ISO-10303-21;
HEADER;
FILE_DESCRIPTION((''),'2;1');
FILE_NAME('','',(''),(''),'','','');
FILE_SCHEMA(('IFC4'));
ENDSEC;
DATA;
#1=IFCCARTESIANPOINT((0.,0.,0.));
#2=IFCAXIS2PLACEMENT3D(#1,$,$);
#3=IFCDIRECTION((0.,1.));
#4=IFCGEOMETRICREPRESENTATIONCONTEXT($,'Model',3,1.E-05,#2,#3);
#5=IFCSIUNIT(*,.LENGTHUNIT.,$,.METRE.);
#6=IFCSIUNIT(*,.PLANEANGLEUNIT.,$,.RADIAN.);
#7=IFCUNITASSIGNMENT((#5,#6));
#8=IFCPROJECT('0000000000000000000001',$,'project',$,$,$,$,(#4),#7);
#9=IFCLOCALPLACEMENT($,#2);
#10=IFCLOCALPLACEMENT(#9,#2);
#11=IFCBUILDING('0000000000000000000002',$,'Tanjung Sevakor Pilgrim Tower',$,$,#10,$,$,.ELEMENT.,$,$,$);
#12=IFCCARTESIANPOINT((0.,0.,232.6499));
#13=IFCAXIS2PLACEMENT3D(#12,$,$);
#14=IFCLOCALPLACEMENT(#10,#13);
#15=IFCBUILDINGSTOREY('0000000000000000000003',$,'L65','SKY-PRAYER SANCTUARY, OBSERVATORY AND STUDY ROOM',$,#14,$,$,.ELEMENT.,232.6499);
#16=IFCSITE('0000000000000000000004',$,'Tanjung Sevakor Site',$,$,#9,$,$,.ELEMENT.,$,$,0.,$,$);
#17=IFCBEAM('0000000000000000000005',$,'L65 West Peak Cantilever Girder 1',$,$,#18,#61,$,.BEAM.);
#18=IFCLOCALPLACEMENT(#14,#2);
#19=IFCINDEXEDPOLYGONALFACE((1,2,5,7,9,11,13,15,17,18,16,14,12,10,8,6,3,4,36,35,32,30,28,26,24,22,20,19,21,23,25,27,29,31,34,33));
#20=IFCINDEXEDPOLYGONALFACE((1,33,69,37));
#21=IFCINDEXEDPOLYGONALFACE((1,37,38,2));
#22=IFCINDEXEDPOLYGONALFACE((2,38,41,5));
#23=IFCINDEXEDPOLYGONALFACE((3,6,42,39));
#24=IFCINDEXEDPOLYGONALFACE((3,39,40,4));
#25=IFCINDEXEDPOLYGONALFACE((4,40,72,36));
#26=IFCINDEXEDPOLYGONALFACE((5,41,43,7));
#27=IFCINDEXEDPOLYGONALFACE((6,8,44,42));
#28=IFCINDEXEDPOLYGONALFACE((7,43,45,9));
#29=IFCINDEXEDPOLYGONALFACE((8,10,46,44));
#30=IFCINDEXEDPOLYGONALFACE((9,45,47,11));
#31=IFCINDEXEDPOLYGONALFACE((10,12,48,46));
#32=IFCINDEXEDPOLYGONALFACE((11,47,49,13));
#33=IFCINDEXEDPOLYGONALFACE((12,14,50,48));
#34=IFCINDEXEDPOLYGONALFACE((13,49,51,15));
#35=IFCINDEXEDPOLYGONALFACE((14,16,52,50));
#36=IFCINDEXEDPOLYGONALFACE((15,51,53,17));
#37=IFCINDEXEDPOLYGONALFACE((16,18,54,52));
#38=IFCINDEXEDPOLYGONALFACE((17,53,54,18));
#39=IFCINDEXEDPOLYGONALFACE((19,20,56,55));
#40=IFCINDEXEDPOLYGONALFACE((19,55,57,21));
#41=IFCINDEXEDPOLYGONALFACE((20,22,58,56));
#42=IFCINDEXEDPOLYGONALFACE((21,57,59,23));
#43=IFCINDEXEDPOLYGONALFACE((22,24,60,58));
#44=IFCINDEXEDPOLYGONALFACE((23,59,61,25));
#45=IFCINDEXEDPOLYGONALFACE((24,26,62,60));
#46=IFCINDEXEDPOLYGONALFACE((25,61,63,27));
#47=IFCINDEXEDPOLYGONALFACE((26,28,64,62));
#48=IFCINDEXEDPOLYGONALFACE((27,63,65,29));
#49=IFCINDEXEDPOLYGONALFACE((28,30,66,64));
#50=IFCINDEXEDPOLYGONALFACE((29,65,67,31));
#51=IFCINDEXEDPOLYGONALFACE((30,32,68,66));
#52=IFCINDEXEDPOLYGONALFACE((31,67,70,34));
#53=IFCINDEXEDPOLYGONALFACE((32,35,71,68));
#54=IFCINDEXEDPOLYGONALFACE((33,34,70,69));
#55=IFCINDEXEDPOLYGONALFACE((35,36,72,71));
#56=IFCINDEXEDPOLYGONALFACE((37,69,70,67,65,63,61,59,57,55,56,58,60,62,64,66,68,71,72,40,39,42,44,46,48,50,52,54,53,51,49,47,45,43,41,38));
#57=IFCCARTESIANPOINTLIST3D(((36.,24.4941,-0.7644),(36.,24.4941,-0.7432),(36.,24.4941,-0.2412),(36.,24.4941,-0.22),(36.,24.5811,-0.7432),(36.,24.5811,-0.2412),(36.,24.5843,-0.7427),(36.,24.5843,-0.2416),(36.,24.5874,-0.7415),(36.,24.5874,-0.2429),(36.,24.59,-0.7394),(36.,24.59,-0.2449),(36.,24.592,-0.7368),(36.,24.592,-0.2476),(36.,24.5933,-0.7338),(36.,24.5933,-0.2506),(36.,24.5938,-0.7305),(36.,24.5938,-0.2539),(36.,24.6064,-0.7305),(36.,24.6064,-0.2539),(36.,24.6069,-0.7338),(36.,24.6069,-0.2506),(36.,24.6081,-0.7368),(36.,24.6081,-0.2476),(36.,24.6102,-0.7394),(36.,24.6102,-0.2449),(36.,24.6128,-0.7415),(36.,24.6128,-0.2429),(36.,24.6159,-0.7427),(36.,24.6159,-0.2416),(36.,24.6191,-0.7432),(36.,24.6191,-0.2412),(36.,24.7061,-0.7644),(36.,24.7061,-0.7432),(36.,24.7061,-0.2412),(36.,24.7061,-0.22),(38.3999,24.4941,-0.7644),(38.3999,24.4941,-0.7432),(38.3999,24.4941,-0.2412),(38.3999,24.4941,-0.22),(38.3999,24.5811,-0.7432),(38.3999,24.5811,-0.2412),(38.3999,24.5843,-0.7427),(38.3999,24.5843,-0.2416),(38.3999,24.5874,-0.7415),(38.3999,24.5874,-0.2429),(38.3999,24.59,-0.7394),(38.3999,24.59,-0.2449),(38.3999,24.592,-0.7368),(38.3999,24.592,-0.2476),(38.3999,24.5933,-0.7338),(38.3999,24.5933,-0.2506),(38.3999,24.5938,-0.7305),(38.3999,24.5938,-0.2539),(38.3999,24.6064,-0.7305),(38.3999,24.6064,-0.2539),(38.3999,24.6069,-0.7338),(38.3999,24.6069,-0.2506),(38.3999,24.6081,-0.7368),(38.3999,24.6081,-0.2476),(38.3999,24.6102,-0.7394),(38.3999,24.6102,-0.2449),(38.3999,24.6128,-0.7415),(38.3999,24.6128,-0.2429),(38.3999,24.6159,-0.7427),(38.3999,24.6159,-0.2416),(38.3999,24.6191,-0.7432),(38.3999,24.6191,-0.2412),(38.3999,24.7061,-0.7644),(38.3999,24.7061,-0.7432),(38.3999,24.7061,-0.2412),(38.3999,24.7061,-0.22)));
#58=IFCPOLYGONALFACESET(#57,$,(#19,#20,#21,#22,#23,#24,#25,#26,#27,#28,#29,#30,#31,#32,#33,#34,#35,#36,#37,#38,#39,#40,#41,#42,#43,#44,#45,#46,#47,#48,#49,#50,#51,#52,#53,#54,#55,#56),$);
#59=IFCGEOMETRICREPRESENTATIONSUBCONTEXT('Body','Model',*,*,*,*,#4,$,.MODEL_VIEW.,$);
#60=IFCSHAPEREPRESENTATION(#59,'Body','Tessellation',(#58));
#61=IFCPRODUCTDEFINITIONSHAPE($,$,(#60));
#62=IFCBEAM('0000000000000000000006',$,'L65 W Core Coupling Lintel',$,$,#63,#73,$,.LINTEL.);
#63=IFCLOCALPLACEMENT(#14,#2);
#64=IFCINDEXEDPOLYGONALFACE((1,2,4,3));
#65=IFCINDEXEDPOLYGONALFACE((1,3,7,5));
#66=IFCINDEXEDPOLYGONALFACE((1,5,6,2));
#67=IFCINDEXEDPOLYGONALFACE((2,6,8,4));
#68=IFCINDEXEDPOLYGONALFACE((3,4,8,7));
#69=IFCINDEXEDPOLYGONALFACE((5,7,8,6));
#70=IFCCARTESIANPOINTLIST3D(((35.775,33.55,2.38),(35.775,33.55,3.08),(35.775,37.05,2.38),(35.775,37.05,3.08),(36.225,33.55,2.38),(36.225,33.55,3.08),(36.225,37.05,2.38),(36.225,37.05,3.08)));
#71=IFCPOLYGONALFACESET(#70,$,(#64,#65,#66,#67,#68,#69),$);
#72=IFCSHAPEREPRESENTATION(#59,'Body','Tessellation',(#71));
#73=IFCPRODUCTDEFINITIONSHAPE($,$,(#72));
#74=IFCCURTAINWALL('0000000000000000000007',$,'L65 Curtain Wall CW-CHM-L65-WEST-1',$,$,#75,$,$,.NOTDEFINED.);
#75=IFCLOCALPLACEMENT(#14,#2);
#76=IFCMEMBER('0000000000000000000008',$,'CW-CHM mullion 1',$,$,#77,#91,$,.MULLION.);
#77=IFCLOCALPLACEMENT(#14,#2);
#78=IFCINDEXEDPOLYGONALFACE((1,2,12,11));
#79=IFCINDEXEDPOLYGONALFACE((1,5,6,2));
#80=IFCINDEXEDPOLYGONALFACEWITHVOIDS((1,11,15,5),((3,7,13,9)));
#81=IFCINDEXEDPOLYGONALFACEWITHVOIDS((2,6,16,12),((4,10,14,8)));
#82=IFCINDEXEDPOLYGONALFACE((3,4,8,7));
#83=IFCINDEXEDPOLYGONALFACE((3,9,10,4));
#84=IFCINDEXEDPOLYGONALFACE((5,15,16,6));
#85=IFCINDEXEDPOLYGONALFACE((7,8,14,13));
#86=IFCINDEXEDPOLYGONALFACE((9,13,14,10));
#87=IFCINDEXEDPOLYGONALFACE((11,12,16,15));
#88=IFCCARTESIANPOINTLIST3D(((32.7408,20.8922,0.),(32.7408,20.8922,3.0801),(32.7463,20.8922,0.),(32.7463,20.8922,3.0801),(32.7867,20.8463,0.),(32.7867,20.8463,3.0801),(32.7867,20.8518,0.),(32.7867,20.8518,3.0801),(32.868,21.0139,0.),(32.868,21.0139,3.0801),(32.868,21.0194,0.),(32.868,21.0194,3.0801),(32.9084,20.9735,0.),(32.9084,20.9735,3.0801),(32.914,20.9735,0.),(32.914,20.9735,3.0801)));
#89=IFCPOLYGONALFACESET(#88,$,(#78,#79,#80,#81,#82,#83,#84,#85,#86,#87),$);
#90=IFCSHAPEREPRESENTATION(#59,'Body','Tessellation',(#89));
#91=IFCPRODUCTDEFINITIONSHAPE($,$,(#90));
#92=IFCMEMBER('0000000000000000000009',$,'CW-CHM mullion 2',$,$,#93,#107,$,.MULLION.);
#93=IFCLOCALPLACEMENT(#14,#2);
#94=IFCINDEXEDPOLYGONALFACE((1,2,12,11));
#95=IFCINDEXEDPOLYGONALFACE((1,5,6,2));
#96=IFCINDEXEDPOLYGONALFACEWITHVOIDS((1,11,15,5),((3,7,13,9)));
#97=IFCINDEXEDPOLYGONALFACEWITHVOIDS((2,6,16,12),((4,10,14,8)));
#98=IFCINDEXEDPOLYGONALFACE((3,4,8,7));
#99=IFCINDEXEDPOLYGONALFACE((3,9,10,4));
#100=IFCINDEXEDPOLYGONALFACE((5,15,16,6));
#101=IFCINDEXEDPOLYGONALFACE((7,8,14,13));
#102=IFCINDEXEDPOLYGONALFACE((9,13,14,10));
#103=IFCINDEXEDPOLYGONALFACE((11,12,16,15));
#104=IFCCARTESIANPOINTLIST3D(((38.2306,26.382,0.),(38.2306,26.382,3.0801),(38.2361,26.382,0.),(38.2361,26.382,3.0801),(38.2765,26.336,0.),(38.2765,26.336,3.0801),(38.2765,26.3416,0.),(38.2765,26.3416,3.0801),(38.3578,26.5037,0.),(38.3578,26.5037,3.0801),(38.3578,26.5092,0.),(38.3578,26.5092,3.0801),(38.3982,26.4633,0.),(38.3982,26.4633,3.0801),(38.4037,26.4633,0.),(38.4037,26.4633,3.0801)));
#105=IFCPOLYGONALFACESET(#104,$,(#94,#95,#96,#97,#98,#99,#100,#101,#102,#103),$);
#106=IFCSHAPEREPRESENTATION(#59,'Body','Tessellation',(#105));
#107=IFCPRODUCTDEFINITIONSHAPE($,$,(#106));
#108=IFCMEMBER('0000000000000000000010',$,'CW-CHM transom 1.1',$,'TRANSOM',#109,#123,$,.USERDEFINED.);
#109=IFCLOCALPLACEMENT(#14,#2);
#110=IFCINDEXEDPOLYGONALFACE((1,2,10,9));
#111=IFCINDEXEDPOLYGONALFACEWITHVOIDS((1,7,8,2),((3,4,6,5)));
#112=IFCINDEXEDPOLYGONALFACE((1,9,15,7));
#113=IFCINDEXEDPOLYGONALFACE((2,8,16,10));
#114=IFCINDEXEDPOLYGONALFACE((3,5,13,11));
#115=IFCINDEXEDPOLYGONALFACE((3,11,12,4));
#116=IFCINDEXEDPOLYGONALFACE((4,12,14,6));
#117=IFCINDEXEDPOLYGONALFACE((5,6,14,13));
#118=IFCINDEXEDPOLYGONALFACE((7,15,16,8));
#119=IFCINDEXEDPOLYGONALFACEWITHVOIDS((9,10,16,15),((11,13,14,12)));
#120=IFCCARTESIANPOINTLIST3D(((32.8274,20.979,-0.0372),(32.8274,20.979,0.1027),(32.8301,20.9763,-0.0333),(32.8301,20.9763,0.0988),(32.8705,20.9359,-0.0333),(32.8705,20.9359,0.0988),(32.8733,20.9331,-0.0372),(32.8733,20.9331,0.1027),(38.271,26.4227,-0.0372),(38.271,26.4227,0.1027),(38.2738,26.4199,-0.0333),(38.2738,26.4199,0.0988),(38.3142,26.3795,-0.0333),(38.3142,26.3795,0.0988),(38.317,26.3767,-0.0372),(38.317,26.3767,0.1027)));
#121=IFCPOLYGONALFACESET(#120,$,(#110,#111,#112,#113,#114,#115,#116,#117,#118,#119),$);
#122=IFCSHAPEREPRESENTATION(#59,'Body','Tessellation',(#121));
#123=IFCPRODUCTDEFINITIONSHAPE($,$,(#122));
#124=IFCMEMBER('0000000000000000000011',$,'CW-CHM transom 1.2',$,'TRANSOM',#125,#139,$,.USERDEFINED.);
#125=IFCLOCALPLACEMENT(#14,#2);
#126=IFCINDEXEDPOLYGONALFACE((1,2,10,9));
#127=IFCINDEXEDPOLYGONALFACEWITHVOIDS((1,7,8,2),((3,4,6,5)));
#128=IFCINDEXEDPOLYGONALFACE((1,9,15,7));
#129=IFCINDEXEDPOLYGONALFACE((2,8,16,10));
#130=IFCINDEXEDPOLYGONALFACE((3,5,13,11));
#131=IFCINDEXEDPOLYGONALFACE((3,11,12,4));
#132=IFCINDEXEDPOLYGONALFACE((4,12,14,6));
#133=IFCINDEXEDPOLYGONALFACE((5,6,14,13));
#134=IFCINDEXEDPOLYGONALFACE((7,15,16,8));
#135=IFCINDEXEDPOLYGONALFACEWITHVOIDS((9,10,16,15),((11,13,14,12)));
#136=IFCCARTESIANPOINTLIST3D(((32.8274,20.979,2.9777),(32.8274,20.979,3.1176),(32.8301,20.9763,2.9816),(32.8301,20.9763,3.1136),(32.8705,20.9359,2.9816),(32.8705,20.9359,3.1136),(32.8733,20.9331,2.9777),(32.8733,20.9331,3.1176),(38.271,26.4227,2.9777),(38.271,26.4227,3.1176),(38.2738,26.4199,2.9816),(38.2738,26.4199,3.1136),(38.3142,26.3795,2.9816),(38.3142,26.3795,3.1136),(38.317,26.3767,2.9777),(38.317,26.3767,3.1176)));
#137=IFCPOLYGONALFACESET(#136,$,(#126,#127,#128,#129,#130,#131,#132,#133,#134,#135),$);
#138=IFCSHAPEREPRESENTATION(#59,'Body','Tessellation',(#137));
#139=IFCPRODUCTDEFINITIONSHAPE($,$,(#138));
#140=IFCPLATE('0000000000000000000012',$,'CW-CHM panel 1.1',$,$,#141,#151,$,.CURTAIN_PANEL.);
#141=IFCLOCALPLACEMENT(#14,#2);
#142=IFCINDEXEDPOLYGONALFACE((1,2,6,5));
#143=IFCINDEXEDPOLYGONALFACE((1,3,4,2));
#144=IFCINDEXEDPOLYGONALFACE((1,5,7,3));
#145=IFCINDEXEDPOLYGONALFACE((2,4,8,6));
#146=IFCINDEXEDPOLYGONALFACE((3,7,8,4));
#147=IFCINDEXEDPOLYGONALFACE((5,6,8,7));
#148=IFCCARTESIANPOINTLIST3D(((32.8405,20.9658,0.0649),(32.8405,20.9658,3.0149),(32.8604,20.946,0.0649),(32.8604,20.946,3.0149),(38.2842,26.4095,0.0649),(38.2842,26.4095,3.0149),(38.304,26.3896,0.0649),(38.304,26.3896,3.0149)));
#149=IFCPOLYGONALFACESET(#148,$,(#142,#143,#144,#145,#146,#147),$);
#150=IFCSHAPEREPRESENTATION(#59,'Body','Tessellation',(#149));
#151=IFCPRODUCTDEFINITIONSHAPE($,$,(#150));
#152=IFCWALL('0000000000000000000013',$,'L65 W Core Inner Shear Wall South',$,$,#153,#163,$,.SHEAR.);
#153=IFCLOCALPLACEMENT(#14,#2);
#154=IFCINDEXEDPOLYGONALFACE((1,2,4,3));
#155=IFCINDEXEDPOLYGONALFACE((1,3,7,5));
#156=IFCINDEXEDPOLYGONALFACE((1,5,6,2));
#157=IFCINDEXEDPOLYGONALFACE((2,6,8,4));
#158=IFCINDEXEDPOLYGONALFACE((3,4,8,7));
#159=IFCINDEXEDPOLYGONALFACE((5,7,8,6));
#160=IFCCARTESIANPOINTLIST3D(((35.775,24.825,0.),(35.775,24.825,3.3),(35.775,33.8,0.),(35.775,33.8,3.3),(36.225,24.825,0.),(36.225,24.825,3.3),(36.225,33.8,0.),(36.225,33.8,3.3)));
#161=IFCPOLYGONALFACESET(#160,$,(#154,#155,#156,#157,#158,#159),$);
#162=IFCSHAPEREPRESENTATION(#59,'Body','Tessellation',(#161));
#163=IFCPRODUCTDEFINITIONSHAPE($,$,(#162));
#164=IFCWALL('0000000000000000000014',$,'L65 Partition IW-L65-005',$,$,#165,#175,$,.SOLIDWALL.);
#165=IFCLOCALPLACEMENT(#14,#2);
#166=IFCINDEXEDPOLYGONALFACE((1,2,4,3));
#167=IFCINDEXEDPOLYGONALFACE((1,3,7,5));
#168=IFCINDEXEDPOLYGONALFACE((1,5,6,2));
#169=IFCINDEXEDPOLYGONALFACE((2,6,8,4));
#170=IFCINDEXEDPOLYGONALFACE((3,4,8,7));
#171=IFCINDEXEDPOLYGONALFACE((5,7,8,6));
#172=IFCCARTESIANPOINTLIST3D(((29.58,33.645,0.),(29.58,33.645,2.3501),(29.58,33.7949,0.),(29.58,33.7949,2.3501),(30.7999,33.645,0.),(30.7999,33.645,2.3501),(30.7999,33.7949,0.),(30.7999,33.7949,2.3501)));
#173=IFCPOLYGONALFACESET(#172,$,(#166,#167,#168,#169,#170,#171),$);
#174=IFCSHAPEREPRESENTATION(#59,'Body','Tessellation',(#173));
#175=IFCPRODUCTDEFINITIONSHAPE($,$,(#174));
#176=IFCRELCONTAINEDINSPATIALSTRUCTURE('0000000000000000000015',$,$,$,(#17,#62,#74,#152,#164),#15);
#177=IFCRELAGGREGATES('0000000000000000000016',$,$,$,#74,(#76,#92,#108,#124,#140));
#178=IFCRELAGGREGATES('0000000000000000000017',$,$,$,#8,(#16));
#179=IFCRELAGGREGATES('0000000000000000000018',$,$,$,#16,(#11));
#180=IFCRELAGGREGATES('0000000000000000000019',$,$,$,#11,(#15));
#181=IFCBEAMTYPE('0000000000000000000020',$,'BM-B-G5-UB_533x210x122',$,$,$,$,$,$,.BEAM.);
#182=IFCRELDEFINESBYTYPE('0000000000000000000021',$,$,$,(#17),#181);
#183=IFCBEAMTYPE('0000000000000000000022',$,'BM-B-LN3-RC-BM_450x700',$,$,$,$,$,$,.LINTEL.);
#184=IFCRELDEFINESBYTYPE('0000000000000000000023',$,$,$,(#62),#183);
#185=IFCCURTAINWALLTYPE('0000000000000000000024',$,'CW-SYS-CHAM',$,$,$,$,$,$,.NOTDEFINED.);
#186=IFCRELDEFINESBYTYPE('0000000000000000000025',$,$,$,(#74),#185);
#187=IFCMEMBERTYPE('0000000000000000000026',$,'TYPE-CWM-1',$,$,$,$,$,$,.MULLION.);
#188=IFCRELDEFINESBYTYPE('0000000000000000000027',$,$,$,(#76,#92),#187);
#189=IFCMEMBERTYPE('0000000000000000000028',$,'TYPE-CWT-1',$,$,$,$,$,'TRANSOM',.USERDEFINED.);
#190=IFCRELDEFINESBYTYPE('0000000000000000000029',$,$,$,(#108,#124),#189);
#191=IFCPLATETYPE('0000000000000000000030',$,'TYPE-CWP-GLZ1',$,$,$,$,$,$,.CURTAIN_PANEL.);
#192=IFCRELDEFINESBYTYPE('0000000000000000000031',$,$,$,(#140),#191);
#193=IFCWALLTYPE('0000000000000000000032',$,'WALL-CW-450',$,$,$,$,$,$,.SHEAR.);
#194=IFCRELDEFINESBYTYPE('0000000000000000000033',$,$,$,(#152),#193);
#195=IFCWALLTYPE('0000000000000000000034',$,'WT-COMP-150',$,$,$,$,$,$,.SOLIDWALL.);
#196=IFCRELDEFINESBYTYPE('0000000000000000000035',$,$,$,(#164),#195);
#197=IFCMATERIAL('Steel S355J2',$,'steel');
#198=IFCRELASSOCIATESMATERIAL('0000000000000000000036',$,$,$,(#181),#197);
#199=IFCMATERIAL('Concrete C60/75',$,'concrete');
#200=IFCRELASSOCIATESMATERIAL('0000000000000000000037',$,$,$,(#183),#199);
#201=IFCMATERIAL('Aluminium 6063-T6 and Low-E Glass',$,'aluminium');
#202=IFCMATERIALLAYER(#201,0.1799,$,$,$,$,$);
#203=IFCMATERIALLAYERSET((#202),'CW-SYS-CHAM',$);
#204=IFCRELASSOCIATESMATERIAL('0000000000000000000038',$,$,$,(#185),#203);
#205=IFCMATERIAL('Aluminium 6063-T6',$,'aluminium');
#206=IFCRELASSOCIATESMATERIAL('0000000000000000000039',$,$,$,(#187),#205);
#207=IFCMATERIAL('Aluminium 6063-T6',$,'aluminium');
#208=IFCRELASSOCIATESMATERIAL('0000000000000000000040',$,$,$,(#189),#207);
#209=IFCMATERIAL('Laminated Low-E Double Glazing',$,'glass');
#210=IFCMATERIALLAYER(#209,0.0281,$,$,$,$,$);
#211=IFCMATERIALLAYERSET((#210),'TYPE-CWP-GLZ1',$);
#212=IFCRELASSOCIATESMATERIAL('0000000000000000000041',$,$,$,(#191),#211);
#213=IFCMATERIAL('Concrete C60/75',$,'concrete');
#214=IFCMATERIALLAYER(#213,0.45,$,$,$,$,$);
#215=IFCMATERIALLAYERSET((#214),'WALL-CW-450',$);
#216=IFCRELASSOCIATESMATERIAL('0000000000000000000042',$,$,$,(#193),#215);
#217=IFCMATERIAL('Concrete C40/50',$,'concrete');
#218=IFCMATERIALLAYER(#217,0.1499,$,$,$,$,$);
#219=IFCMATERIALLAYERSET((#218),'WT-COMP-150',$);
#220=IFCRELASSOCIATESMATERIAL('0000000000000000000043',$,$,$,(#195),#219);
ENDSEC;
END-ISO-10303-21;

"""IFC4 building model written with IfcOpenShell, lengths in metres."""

from ifc_helpers import new_model, si_unit, direction, frame, frame_2d, origin, origin_2d, place, context, subcontext, project, spatial, rectangle, hollow_rectangle, i_section, extrude, material, layer, layer_set, material_profile, profile_set, type_object, element, aggregate, save


model = new_model("IFC4")

# Units and contexts
model_context = context("Model", 3, precision=1e-05, world=origin(), true_north=direction((0.0, 1.0)))
body_context = subcontext(model_context, "Body", "Model", "MODEL_VIEW")
ifc_project = project(units=[si_unit("LENGTHUNIT", "METRE"), si_unit("PLANEANGLEUNIT", "RADIAN")], contexts=[model_context])

# Site, building, storey
site_placement = place(None, origin())
site = spatial("IfcSite", under=ifc_project, at=site_placement, Name="Tanjung Sevakor Site", CompositionType="ELEMENT", RefElevation=0.0)
building_placement = place(site_placement, origin())
building = spatial("IfcBuilding", under=site, at=building_placement, Name="Tanjung Sevakor Pilgrim Tower", CompositionType="ELEMENT")
storey_placement = place(building_placement, frame((0.0, 0.0, 232.6499)))
storey = spatial("IfcBuildingStorey", under=building, at=storey_placement, Name="L65", Description="SKY-PRAYER SANCTUARY, OBSERVATORY AND STUDY ROOM", CompositionType="ELEMENT", Elevation=232.6499)

# Beams
ifc_material_1 = material(Name="Steel S355J2", Category="steel")
ifc_material_profile_1 = material_profile(ifc_material_1, i_section(OverallWidth=0.2119, OverallDepth=0.5444, WebThickness=0.0127, FlangeThickness=0.0212, FilletRadius=0.0127, at=origin_2d()))
ifc_profile_set_1 = profile_set([ifc_material_profile_1], Name="Steel S355J2")
beam_type_1 = type_object("IfcBeamType", Name="BM-B-G5-UB_533x210x122", PredefinedType="BEAM", material=ifc_profile_set_1)
beam_1_placement = place(storey_placement, frame((36.0, 24.6001, -0.4922), z_axis=(1.0, 0.0, 0.0), x_axis=(0.0, 1.0, 0.0)))
element("IfcBeam", 1, at=beam_1_placement, inside=storey, type_object=beam_type_1, Name="L65 West Peak Cantilever Girder 1", PredefinedType="BEAM", context=body_context, shape_type="SweptSolid", body=[
    extrude(i_section(OverallWidth=0.2119, OverallDepth=0.5444, WebThickness=0.0127, FlangeThickness=0.0212, FilletRadius=0.0127, at=origin_2d()), origin(), (0.0, 0.0, 1.0), 2.3999),
])
ifc_material_2 = material(Name="Concrete C60/75", Category="concrete")
ifc_material_profile_2 = material_profile(ifc_material_2, rectangle(XDim=0.45, YDim=0.7, at=origin_2d()))
ifc_profile_set_2 = profile_set([ifc_material_profile_2], Name="Concrete C60/75")
beam_type_2 = type_object("IfcBeamType", Name="BM-B-LN3-RC-BM_450x700", PredefinedType="LINTEL", material=ifc_profile_set_2)
beam_2_placement = place(storey_placement, frame((36.0, 33.55, 2.73), z_axis=(0.0, 1.0, 0.0), x_axis=(-1.0, 0.0, 0.0)))
element("IfcBeam", 2, at=beam_2_placement, inside=storey, type_object=beam_type_2, Name="L65 W Core Coupling Lintel", PredefinedType="LINTEL", context=body_context, shape_type="SweptSolid", body=[
    extrude(rectangle(XDim=0.45, YDim=0.7, at=origin_2d()), origin(), (0.0, 0.0, 1.0), 3.5),
])

# Curtain wall, members, plate
ifc_material_3 = material(Name="Aluminium 6063-T6 and Low-E Glass", Category="aluminium")
ifc_layer_1 = layer(ifc_material_3, 0.1799)
ifc_layer_set_1 = layer_set([ifc_layer_1], Name="CW-SYS-CHAM")
curtain_wall_type = type_object("IfcCurtainWallType", Name="CW-SYS-CHAM", PredefinedType="NOTDEFINED", material=ifc_layer_set_1)
curtain_wall_placement = place(storey_placement, origin())
curtain_wall = element("IfcCurtainWall", 3, at=curtain_wall_placement, inside=storey, type_object=curtain_wall_type, Name="L65 Curtain Wall CW-CHM-L65-WEST-1", PredefinedType="NOTDEFINED")
ifc_material_4 = material(Name="Aluminium 6063-T6", Category="aluminium")
ifc_material_profile_3 = material_profile(ifc_material_4, hollow_rectangle(XDim=0.0649, YDim=0.1799, WallThickness=0.0039, at=origin_2d()))
ifc_profile_set_3 = profile_set([ifc_material_profile_3], Name="Aluminium 6063-T6")
member_type_1 = type_object("IfcMemberType", Name="TYPE-CWM-1", PredefinedType="MULLION", material=ifc_profile_set_3)
member_1_placement = place(storey_placement, frame((32.8274, 20.9329, 0.0), z_axis=(0.0, 0.0, 1.0), x_axis=(-0.707107, 0.707107, 0.0)))
member_1 = element("IfcMember", 4, at=member_1_placement, type_object=member_type_1, Name="CW-CHM mullion 1", PredefinedType="MULLION", context=body_context, shape_type="SweptSolid", body=[
    extrude(hollow_rectangle(XDim=0.0649, YDim=0.1799, WallThickness=0.0039, at=origin_2d()), origin(), (0.0, 0.0, 1.0), 3.0801),
])
member_2_placement = place(storey_placement, frame((38.3171, 26.4226, 0.0), z_axis=(0.0, 0.0, 1.0), x_axis=(-0.707107, 0.707107, 0.0)))
member_2 = element("IfcMember", 5, at=member_2_placement, type_object=member_type_1, Name="CW-CHM mullion 2", PredefinedType="MULLION", context=body_context, shape_type="SweptSolid", body=[
    extrude(hollow_rectangle(XDim=0.0649, YDim=0.1799, WallThickness=0.0039, at=origin_2d()), origin(), (0.0, 0.0, 1.0), 3.0801),
])
ifc_material_5 = material(Name="Aluminium 6063-T6", Category="aluminium")
ifc_material_profile_4 = material_profile(ifc_material_5, hollow_rectangle(XDim=0.0649, YDim=0.1399, WallThickness=0.0039, at=origin_2d()))
ifc_profile_set_4 = profile_set([ifc_material_profile_4], Name="Aluminium 6063-T6")
member_type_2 = type_object("IfcMemberType", Name="TYPE-CWT-1", ElementType="TRANSOM", PredefinedType="USERDEFINED", material=ifc_profile_set_4)
member_3_placement = place(storey_placement, frame((32.8503, 20.9561, 0.0327), z_axis=(0.707107, 0.707107, 0.0), x_axis=(-0.707107, 0.707107, 0.0)))
member_3 = element("IfcMember", 6, at=member_3_placement, type_object=member_type_2, Name="CW-CHM transom 1.1", ObjectType="TRANSOM", PredefinedType="USERDEFINED", context=body_context, shape_type="SweptSolid", body=[
    extrude(hollow_rectangle(XDim=0.0649, YDim=0.1399, WallThickness=0.0039, at=origin_2d()), origin(), (0.0, 0.0, 1.0), 7.6985),
])
member_4_placement = place(storey_placement, frame((32.8503, 20.9561, 3.0476), z_axis=(0.707107, 0.707107, 0.0), x_axis=(-0.707107, 0.707107, 0.0)))
member_4 = element("IfcMember", 7, at=member_4_placement, type_object=member_type_2, Name="CW-CHM transom 1.2", ObjectType="TRANSOM", PredefinedType="USERDEFINED", context=body_context, shape_type="SweptSolid", body=[
    extrude(hollow_rectangle(XDim=0.0649, YDim=0.1399, WallThickness=0.0039, at=origin_2d()), origin(), (0.0, 0.0, 1.0), 7.6985),
])
ifc_material_6 = material(Name="Laminated Low-E Double Glazing", Category="glass")
ifc_layer_2 = layer(ifc_material_6, 0.0281)
ifc_layer_set_2 = layer_set([ifc_layer_2], Name="TYPE-CWP-GLZ1")
plate_type = type_object("IfcPlateType", Name="TYPE-CWP-GLZ1", PredefinedType="CURTAIN_PANEL", material=ifc_layer_set_2)
plate_placement = place(storey_placement, frame((35.5723, 23.6777, 0.0649), z_axis=(0.0, 0.0, 1.0), x_axis=(0.707107, 0.707107, 0.0)))
plate = element("IfcPlate", 8, at=plate_placement, type_object=plate_type, Name="CW-CHM panel 1.1", PredefinedType="CURTAIN_PANEL", context=body_context, shape_type="SweptSolid", body=[
    extrude(rectangle(XDim=7.6985, YDim=0.0281, at=origin_2d()), origin(), (0.0, 0.0, 1.0), 2.95),
])
aggregate(curtain_wall, [member_1, member_2, member_3, member_4, plate])

# Walls
ifc_material_7 = material(Name="Concrete C60/75", Category="concrete")
ifc_layer_3 = layer(ifc_material_7, 0.45)
ifc_layer_set_3 = layer_set([ifc_layer_3], Name="WALL-CW-450")
wall_type_1 = type_object("IfcWallType", Name="WALL-CW-450", PredefinedType="SHEAR", material=ifc_layer_set_3)
wall_1_placement = place(storey_placement, frame((36.0, 24.825, 0.0), z_axis=(0.0, 0.0, 1.0), x_axis=(0.0, 1.0, 0.0)))
element("IfcWall", 9, at=wall_1_placement, inside=storey, type_object=wall_type_1, Name="L65 W Core Inner Shear Wall South", PredefinedType="SHEAR", context=body_context, shape_type="SweptSolid", body=[
    extrude(rectangle(XDim=8.9751, YDim=0.45, at=frame_2d((4.4875, 0.0))), origin(), (0.0, 0.0, 1.0), 3.3),
])
ifc_material_8 = material(Name="Concrete C40/50", Category="concrete")
ifc_layer_4 = layer(ifc_material_8, 0.1499)
ifc_layer_set_4 = layer_set([ifc_layer_4], Name="WT-COMP-150")
wall_type_2 = type_object("IfcWallType", Name="WT-COMP-150", PredefinedType="SOLIDWALL", material=ifc_layer_set_4)
wall_2_placement = place(storey_placement, frame((29.5801, 33.72, 0.0), z_axis=(0.0, 0.0, 1.0), x_axis=(1.0, 0.0, 0.0)))
element("IfcWall", 10, at=wall_2_placement, inside=storey, type_object=wall_type_2, Name="L65 Partition IW-L65-005", PredefinedType="SOLIDWALL", context=body_context, shape_type="SweptSolid", body=[
    extrude(rectangle(XDim=1.22, YDim=0.1499, at=frame_2d((0.6099, 0.0))), origin(), (0.0, 0.0, 1.0), 2.3501),
])

save(model, "model.ifc")
